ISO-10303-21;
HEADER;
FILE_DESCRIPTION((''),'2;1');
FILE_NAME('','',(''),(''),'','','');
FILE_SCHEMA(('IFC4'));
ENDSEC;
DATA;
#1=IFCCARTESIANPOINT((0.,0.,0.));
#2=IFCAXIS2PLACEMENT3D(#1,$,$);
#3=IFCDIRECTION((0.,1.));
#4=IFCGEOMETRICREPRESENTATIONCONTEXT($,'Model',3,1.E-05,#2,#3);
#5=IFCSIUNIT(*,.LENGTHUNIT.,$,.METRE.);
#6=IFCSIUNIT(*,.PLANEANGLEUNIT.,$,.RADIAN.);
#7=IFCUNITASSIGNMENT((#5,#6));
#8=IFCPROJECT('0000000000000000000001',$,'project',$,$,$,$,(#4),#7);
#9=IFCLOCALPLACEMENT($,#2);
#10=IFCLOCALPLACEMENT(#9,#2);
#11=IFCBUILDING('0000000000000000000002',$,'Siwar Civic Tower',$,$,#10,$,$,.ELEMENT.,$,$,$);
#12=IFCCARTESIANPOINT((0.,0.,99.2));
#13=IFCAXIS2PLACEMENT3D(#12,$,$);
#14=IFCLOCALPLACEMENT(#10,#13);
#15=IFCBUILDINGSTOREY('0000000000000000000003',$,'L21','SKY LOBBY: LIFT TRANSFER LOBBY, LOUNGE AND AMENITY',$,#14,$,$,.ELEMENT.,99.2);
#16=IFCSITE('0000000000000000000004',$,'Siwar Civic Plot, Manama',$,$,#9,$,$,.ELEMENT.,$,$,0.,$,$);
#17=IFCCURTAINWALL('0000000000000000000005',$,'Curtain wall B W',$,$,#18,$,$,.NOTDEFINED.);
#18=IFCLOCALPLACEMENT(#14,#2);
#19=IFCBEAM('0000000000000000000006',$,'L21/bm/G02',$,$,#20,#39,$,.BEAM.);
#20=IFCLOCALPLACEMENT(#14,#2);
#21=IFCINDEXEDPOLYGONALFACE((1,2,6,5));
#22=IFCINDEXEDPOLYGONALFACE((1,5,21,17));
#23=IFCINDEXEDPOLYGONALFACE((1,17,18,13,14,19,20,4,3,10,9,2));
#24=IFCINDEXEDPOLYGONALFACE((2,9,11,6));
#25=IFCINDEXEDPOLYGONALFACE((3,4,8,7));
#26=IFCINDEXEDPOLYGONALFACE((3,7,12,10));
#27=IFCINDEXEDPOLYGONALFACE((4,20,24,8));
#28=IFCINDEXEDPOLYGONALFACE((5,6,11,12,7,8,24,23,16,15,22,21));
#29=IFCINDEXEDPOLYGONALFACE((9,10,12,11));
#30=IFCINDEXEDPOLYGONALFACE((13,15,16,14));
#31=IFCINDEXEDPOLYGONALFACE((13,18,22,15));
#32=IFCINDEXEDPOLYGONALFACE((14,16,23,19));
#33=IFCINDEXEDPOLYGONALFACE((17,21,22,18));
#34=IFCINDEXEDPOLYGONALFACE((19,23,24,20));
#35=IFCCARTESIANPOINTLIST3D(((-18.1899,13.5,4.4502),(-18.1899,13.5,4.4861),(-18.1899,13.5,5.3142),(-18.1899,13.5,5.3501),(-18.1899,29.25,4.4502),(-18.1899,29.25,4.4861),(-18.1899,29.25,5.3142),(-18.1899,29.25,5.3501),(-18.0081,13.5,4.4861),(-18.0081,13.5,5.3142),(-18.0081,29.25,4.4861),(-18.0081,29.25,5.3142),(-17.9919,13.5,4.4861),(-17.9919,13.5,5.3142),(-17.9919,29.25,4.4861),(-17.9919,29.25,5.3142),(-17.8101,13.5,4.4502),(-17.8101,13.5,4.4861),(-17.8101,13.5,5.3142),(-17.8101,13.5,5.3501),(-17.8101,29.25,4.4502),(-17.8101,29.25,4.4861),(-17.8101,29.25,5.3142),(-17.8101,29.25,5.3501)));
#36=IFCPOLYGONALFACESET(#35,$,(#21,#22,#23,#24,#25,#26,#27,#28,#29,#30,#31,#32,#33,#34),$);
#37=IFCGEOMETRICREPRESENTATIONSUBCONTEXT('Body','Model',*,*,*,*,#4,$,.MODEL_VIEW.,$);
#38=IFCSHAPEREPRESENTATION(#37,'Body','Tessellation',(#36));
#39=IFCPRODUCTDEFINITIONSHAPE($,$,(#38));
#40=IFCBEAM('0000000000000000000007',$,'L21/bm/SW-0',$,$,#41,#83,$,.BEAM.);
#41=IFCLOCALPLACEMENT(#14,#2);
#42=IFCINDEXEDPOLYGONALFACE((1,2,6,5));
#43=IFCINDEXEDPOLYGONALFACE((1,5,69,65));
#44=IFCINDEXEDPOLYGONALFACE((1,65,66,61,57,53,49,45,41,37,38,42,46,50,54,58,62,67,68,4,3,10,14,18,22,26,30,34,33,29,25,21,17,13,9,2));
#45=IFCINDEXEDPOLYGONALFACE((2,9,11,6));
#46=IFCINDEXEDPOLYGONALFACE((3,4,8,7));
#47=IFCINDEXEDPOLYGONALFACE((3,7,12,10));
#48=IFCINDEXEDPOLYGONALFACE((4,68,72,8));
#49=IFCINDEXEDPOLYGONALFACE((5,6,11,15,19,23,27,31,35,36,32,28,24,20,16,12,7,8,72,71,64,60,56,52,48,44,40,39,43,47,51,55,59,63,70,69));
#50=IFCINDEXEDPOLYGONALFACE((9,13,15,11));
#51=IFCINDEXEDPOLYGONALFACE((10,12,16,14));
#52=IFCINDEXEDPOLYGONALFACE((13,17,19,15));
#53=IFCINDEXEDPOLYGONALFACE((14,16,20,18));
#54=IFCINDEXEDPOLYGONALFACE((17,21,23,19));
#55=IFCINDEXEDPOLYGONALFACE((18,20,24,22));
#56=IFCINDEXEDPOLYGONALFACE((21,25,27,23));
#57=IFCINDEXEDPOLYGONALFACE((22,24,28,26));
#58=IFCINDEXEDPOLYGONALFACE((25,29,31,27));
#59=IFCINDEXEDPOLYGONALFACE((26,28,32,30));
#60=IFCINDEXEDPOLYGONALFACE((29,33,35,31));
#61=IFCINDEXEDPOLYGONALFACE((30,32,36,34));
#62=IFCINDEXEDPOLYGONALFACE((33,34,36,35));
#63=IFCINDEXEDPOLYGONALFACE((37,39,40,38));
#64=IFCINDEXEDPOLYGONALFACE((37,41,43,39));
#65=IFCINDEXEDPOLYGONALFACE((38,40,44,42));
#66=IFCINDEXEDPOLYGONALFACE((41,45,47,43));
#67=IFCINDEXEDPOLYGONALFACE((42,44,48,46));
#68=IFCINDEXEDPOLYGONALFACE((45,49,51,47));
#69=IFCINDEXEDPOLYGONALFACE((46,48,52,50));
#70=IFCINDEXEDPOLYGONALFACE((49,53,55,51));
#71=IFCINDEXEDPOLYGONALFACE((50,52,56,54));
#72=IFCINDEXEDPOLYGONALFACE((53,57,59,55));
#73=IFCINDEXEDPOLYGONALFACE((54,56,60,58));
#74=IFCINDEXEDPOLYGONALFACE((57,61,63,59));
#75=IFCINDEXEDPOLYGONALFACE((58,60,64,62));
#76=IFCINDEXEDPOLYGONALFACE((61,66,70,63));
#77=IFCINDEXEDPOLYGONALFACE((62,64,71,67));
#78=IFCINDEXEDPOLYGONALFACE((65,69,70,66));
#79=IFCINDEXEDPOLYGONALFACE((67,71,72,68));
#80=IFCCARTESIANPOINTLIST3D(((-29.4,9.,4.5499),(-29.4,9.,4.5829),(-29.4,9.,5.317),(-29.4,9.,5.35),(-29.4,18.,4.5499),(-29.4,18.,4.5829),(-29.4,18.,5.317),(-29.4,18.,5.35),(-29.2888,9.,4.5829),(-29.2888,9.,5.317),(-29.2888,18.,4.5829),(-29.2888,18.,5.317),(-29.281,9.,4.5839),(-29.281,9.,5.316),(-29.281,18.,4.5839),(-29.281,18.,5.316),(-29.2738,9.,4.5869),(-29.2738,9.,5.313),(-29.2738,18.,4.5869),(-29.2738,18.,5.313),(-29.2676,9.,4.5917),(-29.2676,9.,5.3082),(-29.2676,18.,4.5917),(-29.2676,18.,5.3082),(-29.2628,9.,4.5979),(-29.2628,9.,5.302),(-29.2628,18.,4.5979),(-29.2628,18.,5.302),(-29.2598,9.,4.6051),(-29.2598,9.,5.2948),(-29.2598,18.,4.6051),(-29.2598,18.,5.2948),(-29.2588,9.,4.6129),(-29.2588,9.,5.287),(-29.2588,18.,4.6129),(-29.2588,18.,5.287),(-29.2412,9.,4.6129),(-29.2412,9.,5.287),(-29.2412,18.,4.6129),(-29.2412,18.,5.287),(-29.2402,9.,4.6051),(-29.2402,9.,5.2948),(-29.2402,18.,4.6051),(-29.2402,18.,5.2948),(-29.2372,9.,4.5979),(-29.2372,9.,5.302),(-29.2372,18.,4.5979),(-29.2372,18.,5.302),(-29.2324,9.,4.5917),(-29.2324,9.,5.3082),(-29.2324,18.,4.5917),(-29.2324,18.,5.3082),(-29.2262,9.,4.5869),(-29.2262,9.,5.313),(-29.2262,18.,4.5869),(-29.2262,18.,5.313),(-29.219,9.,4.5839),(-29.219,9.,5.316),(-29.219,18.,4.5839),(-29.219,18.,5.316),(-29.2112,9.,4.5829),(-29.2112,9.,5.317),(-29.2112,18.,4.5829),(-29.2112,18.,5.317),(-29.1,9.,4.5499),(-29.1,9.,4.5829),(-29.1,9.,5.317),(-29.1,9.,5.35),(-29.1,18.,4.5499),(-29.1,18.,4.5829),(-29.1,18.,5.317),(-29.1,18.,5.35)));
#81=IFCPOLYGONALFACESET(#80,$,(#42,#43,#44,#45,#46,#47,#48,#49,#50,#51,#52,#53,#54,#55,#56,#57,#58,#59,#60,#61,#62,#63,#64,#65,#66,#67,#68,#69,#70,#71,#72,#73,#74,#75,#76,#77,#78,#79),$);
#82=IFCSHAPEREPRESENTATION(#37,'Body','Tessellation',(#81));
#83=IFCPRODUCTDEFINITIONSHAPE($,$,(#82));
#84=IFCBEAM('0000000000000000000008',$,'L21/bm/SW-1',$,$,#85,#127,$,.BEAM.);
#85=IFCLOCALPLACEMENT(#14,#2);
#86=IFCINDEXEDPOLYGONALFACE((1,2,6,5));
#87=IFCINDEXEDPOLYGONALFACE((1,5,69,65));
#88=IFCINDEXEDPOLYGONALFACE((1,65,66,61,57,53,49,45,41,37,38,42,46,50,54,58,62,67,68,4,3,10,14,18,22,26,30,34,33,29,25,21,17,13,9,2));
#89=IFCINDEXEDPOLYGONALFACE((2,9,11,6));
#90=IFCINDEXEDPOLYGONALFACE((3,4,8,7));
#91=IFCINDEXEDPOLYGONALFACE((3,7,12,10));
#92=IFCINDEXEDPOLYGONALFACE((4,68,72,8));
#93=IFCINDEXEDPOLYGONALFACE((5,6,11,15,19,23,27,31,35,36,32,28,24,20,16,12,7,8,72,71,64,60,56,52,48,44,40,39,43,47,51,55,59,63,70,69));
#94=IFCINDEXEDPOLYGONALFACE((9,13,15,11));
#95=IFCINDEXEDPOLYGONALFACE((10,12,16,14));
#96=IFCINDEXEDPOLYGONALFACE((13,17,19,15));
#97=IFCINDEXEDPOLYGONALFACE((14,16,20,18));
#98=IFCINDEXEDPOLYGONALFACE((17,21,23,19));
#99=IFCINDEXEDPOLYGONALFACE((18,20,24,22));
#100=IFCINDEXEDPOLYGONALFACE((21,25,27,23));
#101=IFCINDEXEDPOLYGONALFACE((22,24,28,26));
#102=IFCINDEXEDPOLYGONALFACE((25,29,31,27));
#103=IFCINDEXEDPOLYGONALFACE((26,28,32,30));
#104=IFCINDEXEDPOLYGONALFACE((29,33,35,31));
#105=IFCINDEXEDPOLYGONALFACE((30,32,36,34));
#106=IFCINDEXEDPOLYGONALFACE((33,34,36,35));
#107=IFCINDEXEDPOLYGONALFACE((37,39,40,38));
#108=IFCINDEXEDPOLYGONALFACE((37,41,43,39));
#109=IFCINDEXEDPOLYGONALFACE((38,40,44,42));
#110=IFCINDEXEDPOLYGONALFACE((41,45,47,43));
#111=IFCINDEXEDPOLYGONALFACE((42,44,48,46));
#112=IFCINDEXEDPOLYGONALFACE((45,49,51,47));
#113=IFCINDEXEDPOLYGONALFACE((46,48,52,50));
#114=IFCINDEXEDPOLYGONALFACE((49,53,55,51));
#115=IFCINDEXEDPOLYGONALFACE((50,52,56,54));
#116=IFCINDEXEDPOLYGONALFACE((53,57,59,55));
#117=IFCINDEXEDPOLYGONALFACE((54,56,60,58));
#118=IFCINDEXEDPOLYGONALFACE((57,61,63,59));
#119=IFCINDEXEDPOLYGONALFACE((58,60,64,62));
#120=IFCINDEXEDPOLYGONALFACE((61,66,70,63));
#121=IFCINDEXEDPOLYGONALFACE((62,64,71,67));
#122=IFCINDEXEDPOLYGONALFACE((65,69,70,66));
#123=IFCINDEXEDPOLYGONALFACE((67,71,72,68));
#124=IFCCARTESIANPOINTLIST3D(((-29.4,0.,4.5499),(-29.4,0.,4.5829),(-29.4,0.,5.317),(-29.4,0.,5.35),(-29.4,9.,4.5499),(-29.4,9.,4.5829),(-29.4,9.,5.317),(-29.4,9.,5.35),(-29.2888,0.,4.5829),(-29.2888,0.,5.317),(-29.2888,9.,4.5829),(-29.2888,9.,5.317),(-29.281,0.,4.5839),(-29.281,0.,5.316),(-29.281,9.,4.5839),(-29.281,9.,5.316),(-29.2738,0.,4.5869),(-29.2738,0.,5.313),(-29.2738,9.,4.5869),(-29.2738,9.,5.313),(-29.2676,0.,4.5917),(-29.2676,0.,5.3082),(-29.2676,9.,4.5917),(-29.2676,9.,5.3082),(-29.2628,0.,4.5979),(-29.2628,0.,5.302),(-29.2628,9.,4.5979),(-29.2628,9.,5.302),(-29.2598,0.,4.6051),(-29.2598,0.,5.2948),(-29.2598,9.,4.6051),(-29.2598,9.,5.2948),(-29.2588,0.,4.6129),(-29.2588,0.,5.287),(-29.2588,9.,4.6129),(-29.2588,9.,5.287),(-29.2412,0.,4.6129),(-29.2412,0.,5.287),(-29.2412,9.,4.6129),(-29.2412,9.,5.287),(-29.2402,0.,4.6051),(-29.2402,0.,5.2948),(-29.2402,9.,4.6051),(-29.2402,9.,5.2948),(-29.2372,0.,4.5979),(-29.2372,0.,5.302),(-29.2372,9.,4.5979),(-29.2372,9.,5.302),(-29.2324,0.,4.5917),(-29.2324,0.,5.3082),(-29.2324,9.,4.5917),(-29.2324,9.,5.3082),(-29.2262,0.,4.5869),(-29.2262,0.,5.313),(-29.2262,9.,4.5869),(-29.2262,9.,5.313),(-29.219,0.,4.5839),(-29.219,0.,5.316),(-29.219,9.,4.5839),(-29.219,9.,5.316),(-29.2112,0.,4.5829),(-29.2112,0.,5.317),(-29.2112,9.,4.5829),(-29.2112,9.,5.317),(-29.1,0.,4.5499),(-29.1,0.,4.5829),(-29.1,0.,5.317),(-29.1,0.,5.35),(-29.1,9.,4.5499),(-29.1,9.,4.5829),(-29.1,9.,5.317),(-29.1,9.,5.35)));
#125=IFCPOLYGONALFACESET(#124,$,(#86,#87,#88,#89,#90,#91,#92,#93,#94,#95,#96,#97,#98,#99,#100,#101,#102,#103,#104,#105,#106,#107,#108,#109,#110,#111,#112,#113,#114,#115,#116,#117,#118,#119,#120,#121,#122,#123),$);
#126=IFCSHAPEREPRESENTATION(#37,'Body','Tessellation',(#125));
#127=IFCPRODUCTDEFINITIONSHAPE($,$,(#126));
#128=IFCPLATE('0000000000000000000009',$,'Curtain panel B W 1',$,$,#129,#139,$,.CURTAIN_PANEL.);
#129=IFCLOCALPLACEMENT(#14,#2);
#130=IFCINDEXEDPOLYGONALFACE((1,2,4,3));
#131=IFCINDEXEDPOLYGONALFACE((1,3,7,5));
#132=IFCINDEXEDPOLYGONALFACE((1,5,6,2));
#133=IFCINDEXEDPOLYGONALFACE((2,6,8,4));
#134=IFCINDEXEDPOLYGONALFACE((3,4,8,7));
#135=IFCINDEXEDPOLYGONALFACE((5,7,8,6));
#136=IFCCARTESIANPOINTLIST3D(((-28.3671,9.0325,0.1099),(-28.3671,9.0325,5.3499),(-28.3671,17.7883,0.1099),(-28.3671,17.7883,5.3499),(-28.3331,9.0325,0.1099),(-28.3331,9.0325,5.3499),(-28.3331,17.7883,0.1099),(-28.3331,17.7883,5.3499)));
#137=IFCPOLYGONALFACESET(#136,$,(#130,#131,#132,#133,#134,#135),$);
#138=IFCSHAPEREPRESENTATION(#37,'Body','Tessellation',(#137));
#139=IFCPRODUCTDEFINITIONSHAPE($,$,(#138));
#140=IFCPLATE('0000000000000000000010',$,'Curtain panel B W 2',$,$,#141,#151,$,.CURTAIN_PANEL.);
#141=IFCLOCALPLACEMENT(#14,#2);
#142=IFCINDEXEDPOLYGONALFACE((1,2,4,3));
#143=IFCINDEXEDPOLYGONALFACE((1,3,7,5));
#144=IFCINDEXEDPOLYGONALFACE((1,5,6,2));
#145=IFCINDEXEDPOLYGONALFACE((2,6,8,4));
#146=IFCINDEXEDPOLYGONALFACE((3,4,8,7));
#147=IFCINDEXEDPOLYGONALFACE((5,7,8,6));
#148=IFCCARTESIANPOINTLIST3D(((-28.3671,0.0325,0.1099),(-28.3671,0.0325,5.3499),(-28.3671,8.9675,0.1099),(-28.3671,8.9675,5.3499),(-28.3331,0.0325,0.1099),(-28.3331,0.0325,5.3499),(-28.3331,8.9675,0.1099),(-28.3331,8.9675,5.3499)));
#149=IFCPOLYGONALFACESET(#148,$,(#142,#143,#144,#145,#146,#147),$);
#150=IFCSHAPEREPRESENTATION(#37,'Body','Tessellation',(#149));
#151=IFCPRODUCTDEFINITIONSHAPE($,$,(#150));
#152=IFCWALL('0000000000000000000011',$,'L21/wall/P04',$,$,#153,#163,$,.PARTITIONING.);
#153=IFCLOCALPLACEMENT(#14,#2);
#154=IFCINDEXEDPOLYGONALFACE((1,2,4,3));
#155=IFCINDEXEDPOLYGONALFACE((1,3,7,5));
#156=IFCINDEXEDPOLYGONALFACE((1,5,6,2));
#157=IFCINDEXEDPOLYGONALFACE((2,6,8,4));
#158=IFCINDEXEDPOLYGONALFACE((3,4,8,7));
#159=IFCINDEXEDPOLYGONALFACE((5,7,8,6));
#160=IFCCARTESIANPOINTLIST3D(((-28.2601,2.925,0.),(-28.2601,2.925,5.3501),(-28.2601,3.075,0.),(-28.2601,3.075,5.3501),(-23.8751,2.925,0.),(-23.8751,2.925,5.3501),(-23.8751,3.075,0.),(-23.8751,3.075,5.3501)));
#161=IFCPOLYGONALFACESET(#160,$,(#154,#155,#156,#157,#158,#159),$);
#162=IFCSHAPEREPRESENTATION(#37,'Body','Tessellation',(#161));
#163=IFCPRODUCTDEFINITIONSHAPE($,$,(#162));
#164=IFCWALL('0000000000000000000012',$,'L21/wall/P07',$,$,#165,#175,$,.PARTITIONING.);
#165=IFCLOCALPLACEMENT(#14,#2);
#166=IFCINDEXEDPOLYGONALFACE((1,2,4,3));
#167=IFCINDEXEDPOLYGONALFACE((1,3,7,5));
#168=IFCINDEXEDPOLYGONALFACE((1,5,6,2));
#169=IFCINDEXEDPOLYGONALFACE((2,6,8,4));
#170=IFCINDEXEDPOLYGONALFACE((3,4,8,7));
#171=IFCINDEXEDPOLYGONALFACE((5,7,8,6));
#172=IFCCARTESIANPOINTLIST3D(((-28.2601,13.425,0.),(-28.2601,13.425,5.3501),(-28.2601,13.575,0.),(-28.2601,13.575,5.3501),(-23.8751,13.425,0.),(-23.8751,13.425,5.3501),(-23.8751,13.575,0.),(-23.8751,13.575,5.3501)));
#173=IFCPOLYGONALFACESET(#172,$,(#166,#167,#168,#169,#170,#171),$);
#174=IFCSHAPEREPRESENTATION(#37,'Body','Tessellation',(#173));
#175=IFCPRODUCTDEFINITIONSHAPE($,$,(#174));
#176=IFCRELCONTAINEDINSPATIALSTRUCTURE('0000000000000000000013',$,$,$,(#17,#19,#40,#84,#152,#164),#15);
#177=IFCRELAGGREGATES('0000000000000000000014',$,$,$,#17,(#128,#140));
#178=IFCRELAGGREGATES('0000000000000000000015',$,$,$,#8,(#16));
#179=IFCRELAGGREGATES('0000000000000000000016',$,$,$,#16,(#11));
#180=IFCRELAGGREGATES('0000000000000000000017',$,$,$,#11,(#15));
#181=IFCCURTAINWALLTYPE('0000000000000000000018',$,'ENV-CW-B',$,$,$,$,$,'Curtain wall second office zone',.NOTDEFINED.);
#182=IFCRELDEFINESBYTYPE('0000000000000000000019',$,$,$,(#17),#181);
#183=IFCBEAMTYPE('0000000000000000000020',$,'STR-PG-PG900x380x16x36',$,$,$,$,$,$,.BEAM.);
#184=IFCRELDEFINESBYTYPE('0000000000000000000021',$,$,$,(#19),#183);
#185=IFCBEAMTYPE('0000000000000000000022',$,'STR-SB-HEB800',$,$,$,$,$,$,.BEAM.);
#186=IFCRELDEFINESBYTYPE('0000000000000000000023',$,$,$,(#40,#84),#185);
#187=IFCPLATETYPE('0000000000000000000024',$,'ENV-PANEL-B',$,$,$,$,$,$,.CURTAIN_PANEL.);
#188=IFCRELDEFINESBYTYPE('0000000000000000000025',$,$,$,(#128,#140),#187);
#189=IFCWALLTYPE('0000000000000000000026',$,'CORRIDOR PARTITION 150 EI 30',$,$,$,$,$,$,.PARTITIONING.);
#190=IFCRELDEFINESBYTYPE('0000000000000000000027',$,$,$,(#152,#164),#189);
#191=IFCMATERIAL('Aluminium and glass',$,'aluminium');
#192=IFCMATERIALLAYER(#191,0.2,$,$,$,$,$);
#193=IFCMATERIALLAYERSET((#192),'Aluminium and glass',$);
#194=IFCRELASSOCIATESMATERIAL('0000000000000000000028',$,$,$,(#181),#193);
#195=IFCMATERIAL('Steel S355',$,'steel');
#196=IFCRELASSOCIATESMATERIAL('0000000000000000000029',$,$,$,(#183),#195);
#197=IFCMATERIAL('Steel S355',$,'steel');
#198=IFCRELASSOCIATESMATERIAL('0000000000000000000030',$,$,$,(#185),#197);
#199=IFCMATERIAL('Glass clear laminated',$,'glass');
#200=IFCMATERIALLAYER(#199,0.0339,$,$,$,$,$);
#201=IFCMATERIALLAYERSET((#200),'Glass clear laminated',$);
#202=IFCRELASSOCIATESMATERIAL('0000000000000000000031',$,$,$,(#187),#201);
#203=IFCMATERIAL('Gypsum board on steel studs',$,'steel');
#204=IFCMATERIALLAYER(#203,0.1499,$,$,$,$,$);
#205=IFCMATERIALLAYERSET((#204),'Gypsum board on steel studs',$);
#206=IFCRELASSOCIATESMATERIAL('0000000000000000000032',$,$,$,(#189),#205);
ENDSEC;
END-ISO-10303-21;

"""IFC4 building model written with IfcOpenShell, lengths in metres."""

from ifc_helpers import new_model, si_unit, direction, frame, frame_2d, origin, origin_2d, place, context, subcontext, project, spatial, rectangle, i_section, extrude, material, layer, layer_set, material_profile, profile_set, type_object, element, aggregate, save


model = new_model("IFC4")

# Units and contexts
model_context = context("Model", 3, precision=1e-05, world=origin(), true_north=direction((0.0, 1.0)))
body_context = subcontext(model_context, "Body", "Model", "MODEL_VIEW")
ifc_project = project(units=[si_unit("LENGTHUNIT", "METRE"), si_unit("PLANEANGLEUNIT", "RADIAN")], contexts=[model_context])

# Site, building, storey
site_placement = place(None, origin())
site = spatial("IfcSite", under=ifc_project, at=site_placement, Name="Siwar Civic Plot, Manama", CompositionType="ELEMENT", RefElevation=0.0)
building_placement = place(site_placement, origin())
building = spatial("IfcBuilding", under=site, at=building_placement, Name="Siwar Civic Tower", CompositionType="ELEMENT")
storey_placement = place(building_placement, frame((0.0, 0.0, 99.2)))
storey = spatial("IfcBuildingStorey", under=building, at=storey_placement, Name="L21", Description="SKY LOBBY: LIFT TRANSFER LOBBY, LOUNGE AND AMENITY", CompositionType="ELEMENT", Elevation=99.2)

# Curtain wall
ifc_material_1 = material(Name="Aluminium and glass", Category="aluminium")
ifc_layer_1 = layer(ifc_material_1, 0.2)
ifc_layer_set_1 = layer_set([ifc_layer_1], Name="Aluminium and glass")
curtain_wall_type = type_object("IfcCurtainWallType", Name="ENV-CW-B", ElementType="Curtain wall second office zone", PredefinedType="NOTDEFINED", material=ifc_layer_set_1)
curtain_wall_placement = place(storey_placement, origin())
curtain_wall = element("IfcCurtainWall", 1, at=curtain_wall_placement, inside=storey, type_object=curtain_wall_type, Name="Curtain wall B W", PredefinedType="NOTDEFINED")

# Beams
ifc_material_2 = material(Name="Steel S355", Category="steel")
ifc_material_profile_1 = material_profile(ifc_material_2, i_section(OverallWidth=0.3799, OverallDepth=0.8999, WebThickness=0.0161, FlangeThickness=0.0359, at=origin_2d()), Name="PG900x380x16x36")
ifc_profile_set_1 = profile_set([ifc_material_profile_1], Name="Steel S355")
beam_type_1 = type_object("IfcBeamType", Name="STR-PG-PG900x380x16x36", PredefinedType="BEAM", material=ifc_profile_set_1)
beam_1_placement = place(storey_placement, frame((-18.0, 13.5, 4.9001), z_axis=(0.0, 1.0, 0.0), x_axis=(-1.0, 0.0, 0.0)))
element("IfcBeam", 2, at=beam_1_placement, inside=storey, type_object=beam_type_1, Name="L21/bm/G02", PredefinedType="BEAM", context=body_context, shape_type="SweptSolid", body=[
    extrude(i_section(OverallWidth=0.3799, OverallDepth=0.8999, WebThickness=0.0161, FlangeThickness=0.0359, at=origin_2d()), origin(), (0.0, 0.0, 1.0), 15.75),
])
ifc_material_3 = material(Name="Steel S355", Category="steel")
ifc_material_profile_2 = material_profile(ifc_material_3, i_section(OverallWidth=0.3, OverallDepth=0.8, WebThickness=0.0176, FlangeThickness=0.033, FilletRadius=0.03, at=origin_2d()), Name="HEB800")
ifc_profile_set_2 = profile_set([ifc_material_profile_2], Name="Steel S355")
beam_type_2 = type_object("IfcBeamType", Name="STR-SB-HEB800", PredefinedType="BEAM", material=ifc_profile_set_2)
for number, where, z_axis, x_axis, name in (
    (3, (-29.25, 18.0, 4.95), (0.0, -1.0, 0.0), (1.0, 0.0, 0.0), "L21/bm/SW-0"),
    (4, (-29.25, 9.0, 4.95), (0.0, -1.0, 0.0), (1.0, 0.0, 0.0), "L21/bm/SW-1"),
):
    element("IfcBeam", number, at=place(storey_placement, frame(where, z_axis=z_axis, x_axis=x_axis)), inside=storey, type_object=beam_type_2, Name=name, PredefinedType="BEAM", context=body_context, shape_type="SweptSolid", body=[
        extrude(i_section(OverallWidth=0.3, OverallDepth=0.8, WebThickness=0.0176, FlangeThickness=0.033, FilletRadius=0.03, at=origin_2d()), origin(), (0.0, 0.0, 1.0), 9.0),
    ])

# Plates
ifc_material_4 = material(Name="Glass clear laminated", Category="glass")
ifc_layer_2 = layer(ifc_material_4, 0.0339)
ifc_layer_set_2 = layer_set([ifc_layer_2], Name="Glass clear laminated")
plate_type = type_object("IfcPlateType", Name="ENV-PANEL-B", PredefinedType="CURTAIN_PANEL", material=ifc_layer_set_2)
plate_1_placement = place(storey_placement, frame((-28.3501, 13.4104, 0.1099), z_axis=(0.0, 0.0, 1.0), x_axis=(0.0, -1.0, 0.0)))
plate_1 = element("IfcPlate", 5, at=plate_1_placement, type_object=plate_type, Name="Curtain panel B W 1", PredefinedType="CURTAIN_PANEL", context=body_context, shape_type="SweptSolid", body=[
    extrude(rectangle(XDim=8.7559, YDim=0.0339, at=origin_2d()), origin(), (0.0, 0.0, 1.0), 5.24),
])
plate_2_placement = place(storey_placement, frame((-28.3501, 4.5, 0.1099), z_axis=(0.0, 0.0, 1.0), x_axis=(0.0, -1.0, 0.0)))
plate_2 = element("IfcPlate", 6, at=plate_2_placement, type_object=plate_type, Name="Curtain panel B W 2", PredefinedType="CURTAIN_PANEL", context=body_context, shape_type="SweptSolid", body=[
    extrude(rectangle(XDim=8.9351, YDim=0.0339, at=origin_2d()), origin(), (0.0, 0.0, 1.0), 5.24),
])
aggregate(curtain_wall, [plate_1, plate_2])

# Walls
ifc_material_5 = material(Name="Gypsum board on steel studs", Category="steel")
ifc_layer_3 = layer(ifc_material_5, 0.1499)
ifc_layer_set_3 = layer_set([ifc_layer_3], Name="Gypsum board on steel studs")
wall_type = type_object("IfcWallType", Name="CORRIDOR PARTITION 150 EI 30", PredefinedType="PARTITIONING", material=ifc_layer_set_3)
for number, where, z_axis, x_axis, name in (
    (7, (-28.26, 3.0, 0.0), (0.0, 0.0, 1.0), (1.0, 0.0, 0.0), "L21/wall/P04"),
    (8, (-28.26, 13.5, 0.0), (0.0, 0.0, 1.0), (1.0, 0.0, 0.0), "L21/wall/P07"),
):
    element("IfcWall", number, at=place(storey_placement, frame(where, z_axis=z_axis, x_axis=x_axis)), inside=storey, type_object=wall_type, Name=name, PredefinedType="PARTITIONING", context=body_context, shape_type="SweptSolid", body=[
        extrude(rectangle(XDim=4.385, YDim=0.1499, at=frame_2d((2.1924, 0.0))), origin(), (0.0, 0.0, 1.0), 5.3501),
    ])

save(model, "model.ifc")
